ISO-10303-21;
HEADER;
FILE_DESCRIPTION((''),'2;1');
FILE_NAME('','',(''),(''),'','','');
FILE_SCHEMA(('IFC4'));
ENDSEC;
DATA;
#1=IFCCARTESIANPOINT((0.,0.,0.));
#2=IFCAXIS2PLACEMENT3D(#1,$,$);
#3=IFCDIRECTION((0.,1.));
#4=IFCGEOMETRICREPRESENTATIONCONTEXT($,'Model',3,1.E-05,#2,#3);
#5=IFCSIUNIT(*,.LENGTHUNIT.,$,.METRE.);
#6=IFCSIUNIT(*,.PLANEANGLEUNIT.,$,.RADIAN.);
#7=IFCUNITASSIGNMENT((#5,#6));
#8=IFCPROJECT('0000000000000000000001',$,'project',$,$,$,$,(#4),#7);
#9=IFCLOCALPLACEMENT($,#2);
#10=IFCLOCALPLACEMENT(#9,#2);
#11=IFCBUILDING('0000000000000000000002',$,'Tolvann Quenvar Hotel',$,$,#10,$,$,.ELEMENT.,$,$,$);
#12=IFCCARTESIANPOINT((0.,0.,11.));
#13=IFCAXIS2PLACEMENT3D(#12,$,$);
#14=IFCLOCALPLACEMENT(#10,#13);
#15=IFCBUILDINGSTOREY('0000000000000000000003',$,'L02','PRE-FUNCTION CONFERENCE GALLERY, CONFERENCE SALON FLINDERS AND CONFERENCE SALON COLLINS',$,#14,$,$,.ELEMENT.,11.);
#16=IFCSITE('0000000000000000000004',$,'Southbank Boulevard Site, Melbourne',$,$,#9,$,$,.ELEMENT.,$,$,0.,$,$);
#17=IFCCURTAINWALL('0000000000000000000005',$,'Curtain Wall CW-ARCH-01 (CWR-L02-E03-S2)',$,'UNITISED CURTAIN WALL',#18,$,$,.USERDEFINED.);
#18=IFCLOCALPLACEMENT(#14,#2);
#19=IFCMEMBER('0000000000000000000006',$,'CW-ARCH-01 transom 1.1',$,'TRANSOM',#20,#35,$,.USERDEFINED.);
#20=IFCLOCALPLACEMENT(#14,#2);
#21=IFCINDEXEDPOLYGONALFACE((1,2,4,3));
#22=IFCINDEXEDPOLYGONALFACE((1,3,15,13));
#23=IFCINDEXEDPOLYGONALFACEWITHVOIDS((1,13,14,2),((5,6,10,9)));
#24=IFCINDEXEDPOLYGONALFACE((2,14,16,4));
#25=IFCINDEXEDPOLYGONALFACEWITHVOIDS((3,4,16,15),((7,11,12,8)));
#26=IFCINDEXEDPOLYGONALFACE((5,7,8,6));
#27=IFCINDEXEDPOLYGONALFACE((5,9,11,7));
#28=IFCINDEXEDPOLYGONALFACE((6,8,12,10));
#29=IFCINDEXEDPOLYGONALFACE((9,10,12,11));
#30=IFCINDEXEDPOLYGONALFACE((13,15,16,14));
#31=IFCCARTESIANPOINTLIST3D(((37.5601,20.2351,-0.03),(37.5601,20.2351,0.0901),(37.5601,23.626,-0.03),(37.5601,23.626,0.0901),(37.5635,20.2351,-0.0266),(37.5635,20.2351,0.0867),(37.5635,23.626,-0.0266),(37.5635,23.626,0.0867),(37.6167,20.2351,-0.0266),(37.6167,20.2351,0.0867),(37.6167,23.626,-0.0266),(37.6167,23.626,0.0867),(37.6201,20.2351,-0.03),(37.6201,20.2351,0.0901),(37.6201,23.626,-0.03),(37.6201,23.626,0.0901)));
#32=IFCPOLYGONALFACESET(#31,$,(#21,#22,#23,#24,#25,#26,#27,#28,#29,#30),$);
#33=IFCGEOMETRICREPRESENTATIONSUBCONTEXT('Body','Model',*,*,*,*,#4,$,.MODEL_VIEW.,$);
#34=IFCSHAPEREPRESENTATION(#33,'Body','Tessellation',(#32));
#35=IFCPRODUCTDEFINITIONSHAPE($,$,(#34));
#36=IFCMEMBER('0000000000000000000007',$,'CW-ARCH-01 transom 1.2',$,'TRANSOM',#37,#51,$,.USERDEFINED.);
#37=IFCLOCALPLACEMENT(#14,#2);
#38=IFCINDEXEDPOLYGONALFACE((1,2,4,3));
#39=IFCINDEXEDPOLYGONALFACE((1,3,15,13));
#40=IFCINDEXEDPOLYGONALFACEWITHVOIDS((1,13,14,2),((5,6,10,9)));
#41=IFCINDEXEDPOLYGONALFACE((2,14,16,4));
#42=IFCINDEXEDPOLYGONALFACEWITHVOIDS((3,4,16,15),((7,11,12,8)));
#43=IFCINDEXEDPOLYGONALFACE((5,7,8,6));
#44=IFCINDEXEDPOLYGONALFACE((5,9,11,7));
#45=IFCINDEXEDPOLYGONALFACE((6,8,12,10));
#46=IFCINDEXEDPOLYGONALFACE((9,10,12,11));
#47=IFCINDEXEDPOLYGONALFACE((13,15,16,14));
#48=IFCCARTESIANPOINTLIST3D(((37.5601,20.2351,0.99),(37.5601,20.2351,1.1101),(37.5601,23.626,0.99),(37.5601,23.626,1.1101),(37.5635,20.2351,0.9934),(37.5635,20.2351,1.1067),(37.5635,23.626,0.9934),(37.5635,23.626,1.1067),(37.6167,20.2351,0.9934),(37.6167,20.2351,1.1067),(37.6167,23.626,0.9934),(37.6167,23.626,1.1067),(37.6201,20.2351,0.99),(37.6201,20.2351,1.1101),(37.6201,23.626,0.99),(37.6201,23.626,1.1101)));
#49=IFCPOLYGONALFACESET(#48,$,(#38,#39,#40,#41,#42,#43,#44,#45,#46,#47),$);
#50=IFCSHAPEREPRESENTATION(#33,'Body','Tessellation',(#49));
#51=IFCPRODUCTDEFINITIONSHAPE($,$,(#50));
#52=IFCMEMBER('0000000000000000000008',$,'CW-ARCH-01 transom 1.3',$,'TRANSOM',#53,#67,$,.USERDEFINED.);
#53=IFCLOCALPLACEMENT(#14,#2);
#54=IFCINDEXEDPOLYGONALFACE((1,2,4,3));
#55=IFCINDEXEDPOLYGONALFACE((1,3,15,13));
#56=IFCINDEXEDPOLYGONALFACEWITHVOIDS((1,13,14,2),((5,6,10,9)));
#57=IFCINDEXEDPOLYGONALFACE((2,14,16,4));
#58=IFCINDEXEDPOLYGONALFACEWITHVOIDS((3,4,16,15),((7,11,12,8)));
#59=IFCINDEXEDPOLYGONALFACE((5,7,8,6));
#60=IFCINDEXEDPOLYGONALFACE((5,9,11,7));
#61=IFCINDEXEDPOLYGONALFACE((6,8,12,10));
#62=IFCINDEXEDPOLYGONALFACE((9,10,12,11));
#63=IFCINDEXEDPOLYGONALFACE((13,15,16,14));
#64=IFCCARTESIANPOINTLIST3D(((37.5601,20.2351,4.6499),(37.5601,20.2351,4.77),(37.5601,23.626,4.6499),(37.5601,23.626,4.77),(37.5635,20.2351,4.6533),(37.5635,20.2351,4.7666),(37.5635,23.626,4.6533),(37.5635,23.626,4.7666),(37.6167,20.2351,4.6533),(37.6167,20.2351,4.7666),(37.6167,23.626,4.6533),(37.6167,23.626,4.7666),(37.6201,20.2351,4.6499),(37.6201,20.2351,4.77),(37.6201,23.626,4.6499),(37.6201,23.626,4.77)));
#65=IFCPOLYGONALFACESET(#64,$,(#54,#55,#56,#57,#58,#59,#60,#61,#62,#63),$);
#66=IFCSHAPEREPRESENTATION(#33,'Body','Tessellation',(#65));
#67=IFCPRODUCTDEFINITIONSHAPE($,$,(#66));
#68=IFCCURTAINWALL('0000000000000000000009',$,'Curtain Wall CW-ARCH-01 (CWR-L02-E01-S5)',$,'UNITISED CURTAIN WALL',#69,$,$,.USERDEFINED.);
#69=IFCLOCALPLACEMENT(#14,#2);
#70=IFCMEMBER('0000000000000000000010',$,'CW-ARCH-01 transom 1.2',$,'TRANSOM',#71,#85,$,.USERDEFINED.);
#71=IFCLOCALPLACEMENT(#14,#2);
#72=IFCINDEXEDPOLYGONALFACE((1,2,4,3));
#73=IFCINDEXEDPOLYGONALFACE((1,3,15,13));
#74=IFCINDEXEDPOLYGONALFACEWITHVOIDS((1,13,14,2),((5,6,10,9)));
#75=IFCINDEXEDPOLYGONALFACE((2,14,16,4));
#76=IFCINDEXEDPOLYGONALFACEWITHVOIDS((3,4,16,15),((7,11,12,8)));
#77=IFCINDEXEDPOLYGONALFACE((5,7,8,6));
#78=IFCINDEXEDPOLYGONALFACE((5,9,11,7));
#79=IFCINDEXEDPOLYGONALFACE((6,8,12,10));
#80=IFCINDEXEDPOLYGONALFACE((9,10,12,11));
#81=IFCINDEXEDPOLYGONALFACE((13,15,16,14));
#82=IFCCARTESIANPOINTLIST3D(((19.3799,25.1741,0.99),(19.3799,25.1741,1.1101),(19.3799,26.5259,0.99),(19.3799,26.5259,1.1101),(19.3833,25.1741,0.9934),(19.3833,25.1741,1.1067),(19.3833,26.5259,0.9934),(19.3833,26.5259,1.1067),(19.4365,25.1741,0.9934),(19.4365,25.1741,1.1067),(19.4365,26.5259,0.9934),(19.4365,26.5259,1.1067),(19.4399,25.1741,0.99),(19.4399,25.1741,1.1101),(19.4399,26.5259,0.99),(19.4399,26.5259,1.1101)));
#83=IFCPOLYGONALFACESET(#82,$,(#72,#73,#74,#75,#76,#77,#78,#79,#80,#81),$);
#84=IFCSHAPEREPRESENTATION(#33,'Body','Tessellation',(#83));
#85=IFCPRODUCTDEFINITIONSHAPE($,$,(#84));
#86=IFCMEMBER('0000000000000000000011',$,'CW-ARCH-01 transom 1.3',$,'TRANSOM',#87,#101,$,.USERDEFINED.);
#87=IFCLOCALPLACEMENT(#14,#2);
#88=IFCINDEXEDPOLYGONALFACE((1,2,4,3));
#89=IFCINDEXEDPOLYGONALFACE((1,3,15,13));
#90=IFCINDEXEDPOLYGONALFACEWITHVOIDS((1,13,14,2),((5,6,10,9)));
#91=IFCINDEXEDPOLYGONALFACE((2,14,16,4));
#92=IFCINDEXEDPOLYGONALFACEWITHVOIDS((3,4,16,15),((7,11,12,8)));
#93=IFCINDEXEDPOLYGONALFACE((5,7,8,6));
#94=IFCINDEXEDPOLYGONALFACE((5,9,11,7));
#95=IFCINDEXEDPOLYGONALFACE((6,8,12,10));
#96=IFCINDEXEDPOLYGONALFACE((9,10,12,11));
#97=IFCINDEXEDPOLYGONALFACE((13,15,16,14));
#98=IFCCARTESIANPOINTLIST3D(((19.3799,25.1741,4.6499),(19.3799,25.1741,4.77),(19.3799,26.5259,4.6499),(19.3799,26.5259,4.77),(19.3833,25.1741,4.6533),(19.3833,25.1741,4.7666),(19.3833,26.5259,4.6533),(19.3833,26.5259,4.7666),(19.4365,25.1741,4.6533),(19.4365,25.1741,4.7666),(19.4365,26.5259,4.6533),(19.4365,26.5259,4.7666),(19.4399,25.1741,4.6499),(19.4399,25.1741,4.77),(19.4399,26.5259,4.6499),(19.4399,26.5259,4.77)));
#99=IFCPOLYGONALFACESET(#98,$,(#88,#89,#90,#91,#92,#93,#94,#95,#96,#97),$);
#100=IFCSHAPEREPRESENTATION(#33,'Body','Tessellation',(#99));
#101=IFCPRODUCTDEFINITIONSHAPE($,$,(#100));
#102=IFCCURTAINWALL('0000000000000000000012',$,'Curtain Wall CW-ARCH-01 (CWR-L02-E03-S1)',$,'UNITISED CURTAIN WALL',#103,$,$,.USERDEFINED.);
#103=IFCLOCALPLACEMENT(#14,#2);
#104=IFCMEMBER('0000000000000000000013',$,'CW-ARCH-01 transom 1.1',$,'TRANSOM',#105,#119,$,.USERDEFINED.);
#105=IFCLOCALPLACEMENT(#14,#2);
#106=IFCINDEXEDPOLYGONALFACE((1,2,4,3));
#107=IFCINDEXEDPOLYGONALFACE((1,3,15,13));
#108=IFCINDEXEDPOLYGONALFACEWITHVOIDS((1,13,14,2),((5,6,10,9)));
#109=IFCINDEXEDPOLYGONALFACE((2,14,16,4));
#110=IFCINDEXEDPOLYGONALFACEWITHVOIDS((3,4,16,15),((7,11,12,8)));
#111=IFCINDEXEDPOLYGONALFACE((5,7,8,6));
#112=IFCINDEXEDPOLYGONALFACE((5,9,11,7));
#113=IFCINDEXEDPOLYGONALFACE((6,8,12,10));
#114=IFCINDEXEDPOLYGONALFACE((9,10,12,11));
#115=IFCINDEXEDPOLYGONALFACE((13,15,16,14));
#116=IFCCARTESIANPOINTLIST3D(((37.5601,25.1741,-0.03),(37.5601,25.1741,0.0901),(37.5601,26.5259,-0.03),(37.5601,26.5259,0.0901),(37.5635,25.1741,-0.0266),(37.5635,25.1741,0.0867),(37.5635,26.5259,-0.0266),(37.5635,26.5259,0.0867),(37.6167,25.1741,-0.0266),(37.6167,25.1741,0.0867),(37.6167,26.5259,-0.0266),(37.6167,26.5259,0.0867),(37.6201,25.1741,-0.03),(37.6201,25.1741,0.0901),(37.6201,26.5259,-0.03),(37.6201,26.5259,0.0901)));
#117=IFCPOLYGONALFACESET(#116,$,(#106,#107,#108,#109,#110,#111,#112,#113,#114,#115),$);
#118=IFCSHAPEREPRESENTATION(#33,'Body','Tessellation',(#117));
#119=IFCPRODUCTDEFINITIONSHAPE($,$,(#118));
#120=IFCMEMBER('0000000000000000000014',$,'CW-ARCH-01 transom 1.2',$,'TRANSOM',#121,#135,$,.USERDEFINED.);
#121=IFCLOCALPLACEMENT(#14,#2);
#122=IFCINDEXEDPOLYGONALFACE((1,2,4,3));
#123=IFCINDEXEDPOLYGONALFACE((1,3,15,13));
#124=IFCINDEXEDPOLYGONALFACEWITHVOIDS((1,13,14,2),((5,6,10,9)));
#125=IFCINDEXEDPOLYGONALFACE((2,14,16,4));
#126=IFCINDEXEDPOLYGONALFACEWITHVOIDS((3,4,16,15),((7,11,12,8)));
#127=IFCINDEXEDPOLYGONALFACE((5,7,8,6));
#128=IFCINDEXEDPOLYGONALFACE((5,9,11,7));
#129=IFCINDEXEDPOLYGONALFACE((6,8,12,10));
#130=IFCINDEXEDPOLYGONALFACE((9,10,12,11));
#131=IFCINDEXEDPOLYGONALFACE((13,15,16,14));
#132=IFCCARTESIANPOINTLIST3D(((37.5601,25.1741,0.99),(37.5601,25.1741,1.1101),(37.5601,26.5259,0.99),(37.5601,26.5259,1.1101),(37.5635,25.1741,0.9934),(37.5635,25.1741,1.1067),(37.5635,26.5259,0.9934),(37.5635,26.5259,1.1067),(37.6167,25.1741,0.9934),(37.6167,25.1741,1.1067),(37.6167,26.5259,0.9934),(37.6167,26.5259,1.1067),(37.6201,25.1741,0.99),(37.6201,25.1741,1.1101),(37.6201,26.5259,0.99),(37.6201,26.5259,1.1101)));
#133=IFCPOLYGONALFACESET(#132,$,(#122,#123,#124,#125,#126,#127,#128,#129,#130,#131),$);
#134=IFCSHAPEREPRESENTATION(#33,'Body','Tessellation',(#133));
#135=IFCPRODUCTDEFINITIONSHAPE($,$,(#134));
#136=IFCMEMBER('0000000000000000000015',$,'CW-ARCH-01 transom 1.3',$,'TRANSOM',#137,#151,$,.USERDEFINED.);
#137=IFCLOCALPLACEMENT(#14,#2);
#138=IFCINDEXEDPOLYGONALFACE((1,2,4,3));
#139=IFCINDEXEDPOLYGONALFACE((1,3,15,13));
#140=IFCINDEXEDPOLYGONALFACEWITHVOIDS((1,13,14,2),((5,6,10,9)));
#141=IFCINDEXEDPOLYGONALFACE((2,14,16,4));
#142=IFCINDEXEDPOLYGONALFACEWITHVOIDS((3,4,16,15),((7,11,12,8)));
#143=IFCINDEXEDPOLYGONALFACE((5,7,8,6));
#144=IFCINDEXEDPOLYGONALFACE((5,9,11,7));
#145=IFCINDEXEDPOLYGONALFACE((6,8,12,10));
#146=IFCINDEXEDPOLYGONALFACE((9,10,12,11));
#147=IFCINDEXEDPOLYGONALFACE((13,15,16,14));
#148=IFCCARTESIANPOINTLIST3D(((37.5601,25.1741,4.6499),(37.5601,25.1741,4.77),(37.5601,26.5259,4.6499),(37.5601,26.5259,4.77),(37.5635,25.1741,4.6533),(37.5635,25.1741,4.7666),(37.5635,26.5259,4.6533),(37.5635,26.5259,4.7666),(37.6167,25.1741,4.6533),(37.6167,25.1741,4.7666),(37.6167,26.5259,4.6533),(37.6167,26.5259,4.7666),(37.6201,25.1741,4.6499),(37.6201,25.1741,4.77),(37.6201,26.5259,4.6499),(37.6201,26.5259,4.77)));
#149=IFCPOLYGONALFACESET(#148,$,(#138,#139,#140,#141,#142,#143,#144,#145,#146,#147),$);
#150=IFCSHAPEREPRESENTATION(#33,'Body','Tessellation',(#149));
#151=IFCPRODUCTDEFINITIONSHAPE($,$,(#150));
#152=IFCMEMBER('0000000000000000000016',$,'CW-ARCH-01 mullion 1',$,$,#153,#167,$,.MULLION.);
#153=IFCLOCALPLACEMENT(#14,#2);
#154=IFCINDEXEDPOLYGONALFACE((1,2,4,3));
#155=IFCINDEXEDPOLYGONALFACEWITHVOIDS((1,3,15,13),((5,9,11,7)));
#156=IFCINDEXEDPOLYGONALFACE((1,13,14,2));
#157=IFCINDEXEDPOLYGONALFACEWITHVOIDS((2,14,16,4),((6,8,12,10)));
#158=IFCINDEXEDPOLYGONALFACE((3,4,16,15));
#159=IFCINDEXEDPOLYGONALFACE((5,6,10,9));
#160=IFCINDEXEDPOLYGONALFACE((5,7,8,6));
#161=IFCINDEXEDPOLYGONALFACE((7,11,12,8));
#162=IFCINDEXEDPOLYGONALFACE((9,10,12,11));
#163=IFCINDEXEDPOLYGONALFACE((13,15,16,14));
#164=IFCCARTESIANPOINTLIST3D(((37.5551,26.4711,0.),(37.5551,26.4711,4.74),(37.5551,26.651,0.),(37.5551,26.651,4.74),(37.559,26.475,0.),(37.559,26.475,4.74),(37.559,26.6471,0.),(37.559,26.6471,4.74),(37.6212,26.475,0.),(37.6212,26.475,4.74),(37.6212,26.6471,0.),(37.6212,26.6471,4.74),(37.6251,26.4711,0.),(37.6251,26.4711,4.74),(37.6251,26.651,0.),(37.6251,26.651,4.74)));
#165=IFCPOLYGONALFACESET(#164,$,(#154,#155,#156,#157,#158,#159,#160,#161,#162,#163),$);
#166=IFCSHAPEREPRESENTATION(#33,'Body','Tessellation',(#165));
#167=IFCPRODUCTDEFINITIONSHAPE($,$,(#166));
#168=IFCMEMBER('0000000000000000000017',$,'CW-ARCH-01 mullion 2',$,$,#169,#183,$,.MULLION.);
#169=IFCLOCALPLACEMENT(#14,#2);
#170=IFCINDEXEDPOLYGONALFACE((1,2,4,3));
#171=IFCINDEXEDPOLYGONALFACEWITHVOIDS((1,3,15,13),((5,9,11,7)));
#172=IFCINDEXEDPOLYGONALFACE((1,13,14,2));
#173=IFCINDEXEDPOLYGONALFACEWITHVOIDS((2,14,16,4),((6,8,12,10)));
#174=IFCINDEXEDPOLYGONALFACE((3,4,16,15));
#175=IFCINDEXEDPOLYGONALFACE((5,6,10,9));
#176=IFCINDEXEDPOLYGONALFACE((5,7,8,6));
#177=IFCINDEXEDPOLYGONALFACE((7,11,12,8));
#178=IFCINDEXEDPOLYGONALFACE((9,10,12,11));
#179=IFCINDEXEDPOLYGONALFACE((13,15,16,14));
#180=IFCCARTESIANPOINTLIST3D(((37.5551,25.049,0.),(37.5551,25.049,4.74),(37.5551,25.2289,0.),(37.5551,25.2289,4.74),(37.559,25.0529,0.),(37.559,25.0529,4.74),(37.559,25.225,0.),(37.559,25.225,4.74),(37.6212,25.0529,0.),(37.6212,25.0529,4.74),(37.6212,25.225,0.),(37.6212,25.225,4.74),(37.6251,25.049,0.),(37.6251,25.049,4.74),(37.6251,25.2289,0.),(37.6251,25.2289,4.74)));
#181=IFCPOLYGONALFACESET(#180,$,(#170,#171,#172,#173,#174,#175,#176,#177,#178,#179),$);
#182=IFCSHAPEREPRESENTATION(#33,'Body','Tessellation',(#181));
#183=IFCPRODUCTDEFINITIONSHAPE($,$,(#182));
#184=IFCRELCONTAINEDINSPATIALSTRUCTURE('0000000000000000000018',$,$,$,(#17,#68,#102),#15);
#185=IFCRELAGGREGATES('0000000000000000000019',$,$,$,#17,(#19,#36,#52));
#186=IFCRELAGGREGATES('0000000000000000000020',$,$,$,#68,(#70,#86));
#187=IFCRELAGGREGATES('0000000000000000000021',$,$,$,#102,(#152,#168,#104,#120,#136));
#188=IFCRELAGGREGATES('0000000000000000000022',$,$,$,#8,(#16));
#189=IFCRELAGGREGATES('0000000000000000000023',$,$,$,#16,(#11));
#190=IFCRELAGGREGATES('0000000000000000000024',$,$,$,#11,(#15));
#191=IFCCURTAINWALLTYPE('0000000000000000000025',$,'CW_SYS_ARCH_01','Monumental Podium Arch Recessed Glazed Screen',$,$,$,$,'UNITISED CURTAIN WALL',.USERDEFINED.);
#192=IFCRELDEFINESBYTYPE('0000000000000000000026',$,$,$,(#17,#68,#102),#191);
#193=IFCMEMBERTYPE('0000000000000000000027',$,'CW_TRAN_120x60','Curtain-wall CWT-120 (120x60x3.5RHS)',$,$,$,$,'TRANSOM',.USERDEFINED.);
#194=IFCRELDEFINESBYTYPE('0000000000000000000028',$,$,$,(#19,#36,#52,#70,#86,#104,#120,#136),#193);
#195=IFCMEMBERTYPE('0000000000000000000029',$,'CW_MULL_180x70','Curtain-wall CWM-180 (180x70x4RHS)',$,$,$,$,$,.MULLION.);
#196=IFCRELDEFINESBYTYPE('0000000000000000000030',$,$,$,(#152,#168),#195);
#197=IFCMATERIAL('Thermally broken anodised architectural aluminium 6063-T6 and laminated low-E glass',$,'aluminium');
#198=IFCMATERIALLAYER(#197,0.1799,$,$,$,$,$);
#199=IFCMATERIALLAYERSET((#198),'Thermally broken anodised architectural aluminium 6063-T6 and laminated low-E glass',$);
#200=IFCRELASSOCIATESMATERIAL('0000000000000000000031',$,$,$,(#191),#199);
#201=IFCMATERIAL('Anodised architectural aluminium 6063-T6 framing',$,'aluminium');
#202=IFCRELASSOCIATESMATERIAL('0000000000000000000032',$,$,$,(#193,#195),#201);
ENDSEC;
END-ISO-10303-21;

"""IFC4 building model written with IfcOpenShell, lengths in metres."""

from ifc_helpers import new_model, si_unit, direction, frame, origin, origin_2d, place, context, subcontext, project, spatial, hollow_rectangle, extrude, source, transform, mapped, material, layer, layer_set, material_profile, profile_set, type_object, type_shapes, element, aggregate, save


model = new_model("IFC4")

# Units and contexts
model_context = context("Model", 3, precision=1e-05, world=origin(), true_north=direction((0.0, 1.0)))
body_context = subcontext(model_context, "Body", "Model", "MODEL_VIEW")
ifc_project = project(units=[si_unit("LENGTHUNIT", "METRE"), si_unit("PLANEANGLEUNIT", "RADIAN")], contexts=[model_context])

# Site, building, storey
site_placement = place(None, origin())
site = spatial("IfcSite", under=ifc_project, at=site_placement, Name="Southbank Boulevard Site, Melbourne", CompositionType="ELEMENT", RefElevation=0.0)
building_placement = place(site_placement, origin())
building = spatial("IfcBuilding", under=site, at=building_placement, Name="Tolvann Quenvar Hotel", CompositionType="ELEMENT")
storey_placement = place(building_placement, frame((0.0, 0.0, 11.0)))
storey = spatial("IfcBuildingStorey", under=building, at=storey_placement, Name="L02", Description="PRE-FUNCTION CONFERENCE GALLERY, CONFERENCE SALON FLINDERS AND CONFERENCE SALON COLLINS", CompositionType="ELEMENT", Elevation=11.0)

# Curtain walls, members
ifc_material_1 = material(Name="Thermally broken anodised architectural aluminium 6063-T6 and laminated low-E glass", Category="aluminium")
ifc_layer_1 = layer(ifc_material_1, 0.1799)
ifc_layer_set_1 = layer_set([ifc_layer_1], Name="Thermally broken anodised architectural aluminium 6063-T6 and laminated low-E glass")
curtain_wall_type = type_object("IfcCurtainWallType", Name="CW_SYS_ARCH_01", Description="Monumental Podium Arch Recessed Glazed Screen", ElementType="UNITISED CURTAIN WALL", PredefinedType="USERDEFINED", material=ifc_layer_set_1)
curtain_wall_1_placement = place(storey_placement, origin())
curtain_wall_1 = element("IfcCurtainWall", 1, at=curtain_wall_1_placement, inside=storey, type_object=curtain_wall_type, Name="Curtain Wall CW-ARCH-01 (CWR-L02-E03-S2)", ObjectType="UNITISED CURTAIN WALL", PredefinedType="USERDEFINED")
ifc_material_2 = material(Name="Anodised architectural aluminium 6063-T6 framing", Category="aluminium")
ifc_material_profile_1 = material_profile(ifc_material_2, hollow_rectangle(XDim=0.0601, YDim=0.1201, WallThickness=0.0034, at=origin_2d()), Name="120x60x3.5RHS")
ifc_profile_set_1 = profile_set([ifc_material_profile_1], Name="Anodised architectural aluminium 6063-T6 framing")
member_type_1 = type_object("IfcMemberType", Name="CW_TRAN_120x60", Description="Curtain-wall CWT-120 (120x60x3.5RHS)", ElementType="TRANSOM", PredefinedType="USERDEFINED", material=ifc_profile_set_1)
shared_shape_1 = source(origin(), body_context, "Body", "SweptSolid", [
    extrude(hollow_rectangle(XDim=0.0601, YDim=0.1201, WallThickness=0.0034, at=origin_2d()), origin(), (0.0, 0.0, 1.0), 3.3909),
])
member_1_placement = place(storey_placement, frame((37.5901, 23.626, 0.03), z_axis=(0.0, -1.0, 0.0), x_axis=(1.0, 0.0, 0.0)))
member_1 = element("IfcMember", 2, at=member_1_placement, type_object=member_type_1, Name="CW-ARCH-01 transom 1.1", ObjectType="TRANSOM", PredefinedType="USERDEFINED", context=body_context, shape_type="MappedRepresentation", body=[
    mapped(shared_shape_1, transform((0.0, 0.0, 0.0), x_axis=(1.0, 0.0, 0.0), y_axis=(0.0, 1.0, 0.0), z_axis=(0.0, 0.0, 1.0), scale=1.0)),
])
member_2_placement = place(storey_placement, frame((37.5901, 23.626, 1.05), z_axis=(0.0, -1.0, 0.0), x_axis=(1.0, 0.0, 0.0)))
member_2 = element("IfcMember", 3, at=member_2_placement, type_object=member_type_1, Name="CW-ARCH-01 transom 1.2", ObjectType="TRANSOM", PredefinedType="USERDEFINED", context=body_context, shape_type="MappedRepresentation", body=[
    mapped(shared_shape_1, transform((0.0, 0.0, 0.0), x_axis=(1.0, 0.0, 0.0), y_axis=(0.0, 1.0, 0.0), z_axis=(0.0, 0.0, 1.0), scale=1.0)),
])
member_3_placement = place(storey_placement, frame((37.5901, 23.626, 4.71), z_axis=(0.0, -1.0, 0.0), x_axis=(1.0, 0.0, 0.0)))
member_3 = element("IfcMember", 4, at=member_3_placement, type_object=member_type_1, Name="CW-ARCH-01 transom 1.3", ObjectType="TRANSOM", PredefinedType="USERDEFINED", context=body_context, shape_type="MappedRepresentation", body=[
    mapped(shared_shape_1, transform((0.0, 0.0, 0.0), x_axis=(1.0, 0.0, 0.0), y_axis=(0.0, 1.0, 0.0), z_axis=(0.0, 0.0, 1.0), scale=1.0)),
])
curtain_wall_2_placement = place(storey_placement, origin())
curtain_wall_2 = element("IfcCurtainWall", 5, at=curtain_wall_2_placement, inside=storey, type_object=curtain_wall_type, Name="Curtain Wall CW-ARCH-01 (CWR-L02-E01-S5)", ObjectType="UNITISED CURTAIN WALL", PredefinedType="USERDEFINED")
shared_shape_2 = source(origin(), body_context, "Body", "SweptSolid", [
    extrude(hollow_rectangle(XDim=0.0601, YDim=0.1201, WallThickness=0.0034, at=origin_2d()), origin(), (0.0, 0.0, 1.0), 1.3518),
])
member_4_placement = place(storey_placement, frame((19.4099, 25.1741, 1.05), z_axis=(0.0, 1.0, 0.0), x_axis=(-1.0, 0.0, 0.0)))
member_4 = element("IfcMember", 6, at=member_4_placement, type_object=member_type_1, Name="CW-ARCH-01 transom 1.2", ObjectType="TRANSOM", PredefinedType="USERDEFINED", context=body_context, shape_type="MappedRepresentation", body=[
    mapped(shared_shape_2, transform((0.0, 0.0, 0.0), x_axis=(1.0, 0.0, 0.0), y_axis=(0.0, 1.0, 0.0), z_axis=(0.0, 0.0, 1.0), scale=1.0)),
])
member_5_placement = place(storey_placement, frame((19.4099, 25.1741, 4.71), z_axis=(0.0, 1.0, 0.0), x_axis=(-1.0, 0.0, 0.0)))
member_5 = element("IfcMember", 7, at=member_5_placement, type_object=member_type_1, Name="CW-ARCH-01 transom 1.3", ObjectType="TRANSOM", PredefinedType="USERDEFINED", context=body_context, shape_type="MappedRepresentation", body=[
    mapped(shared_shape_2, transform((0.0, 0.0, 0.0), x_axis=(1.0, 0.0, 0.0), y_axis=(0.0, 1.0, 0.0), z_axis=(0.0, 0.0, 1.0), scale=1.0)),
])
curtain_wall_3_placement = place(storey_placement, origin())
curtain_wall_3 = element("IfcCurtainWall", 8, at=curtain_wall_3_placement, inside=storey, type_object=curtain_wall_type, Name="Curtain Wall CW-ARCH-01 (CWR-L02-E03-S1)", ObjectType="UNITISED CURTAIN WALL", PredefinedType="USERDEFINED")
member_6_placement = place(storey_placement, frame((37.5901, 26.5259, 0.03), z_axis=(0.0, -1.0, 0.0), x_axis=(1.0, 0.0, 0.0)))
member_6 = element("IfcMember", 9, at=member_6_placement, type_object=member_type_1, Name="CW-ARCH-01 transom 1.1", ObjectType="TRANSOM", PredefinedType="USERDEFINED", context=body_context, shape_type="MappedRepresentation", body=[
    mapped(shared_shape_2, transform((0.0, 0.0, 0.0), x_axis=(1.0, 0.0, 0.0), y_axis=(0.0, 1.0, 0.0), z_axis=(0.0, 0.0, 1.0), scale=1.0)),
])
member_7_placement = place(storey_placement, frame((37.5901, 26.5259, 1.05), z_axis=(0.0, -1.0, 0.0), x_axis=(1.0, 0.0, 0.0)))
member_7 = element("IfcMember", 10, at=member_7_placement, type_object=member_type_1, Name="CW-ARCH-01 transom 1.2", ObjectType="TRANSOM", PredefinedType="USERDEFINED", context=body_context, shape_type="MappedRepresentation", body=[
    mapped(shared_shape_2, transform((0.0, 0.0, 0.0), x_axis=(1.0, 0.0, 0.0), y_axis=(0.0, 1.0, 0.0), z_axis=(0.0, 0.0, 1.0), scale=1.0)),
])
member_8_placement = place(storey_placement, frame((37.5901, 26.5259, 4.71), z_axis=(0.0, -1.0, 0.0), x_axis=(1.0, 0.0, 0.0)))
member_8 = element("IfcMember", 11, at=member_8_placement, type_object=member_type_1, Name="CW-ARCH-01 transom 1.3", ObjectType="TRANSOM", PredefinedType="USERDEFINED", context=body_context, shape_type="MappedRepresentation", body=[
    mapped(shared_shape_2, transform((0.0, 0.0, 0.0), x_axis=(1.0, 0.0, 0.0), y_axis=(0.0, 1.0, 0.0), z_axis=(0.0, 0.0, 1.0), scale=1.0)),
])
ifc_material_profile_2 = material_profile(ifc_material_2, hollow_rectangle(XDim=0.0701, YDim=0.1799, WallThickness=0.0039, at=origin_2d()), Name="180x70x4RHS")
ifc_profile_set_2 = profile_set([ifc_material_profile_2], Name="Anodised architectural aluminium 6063-T6 framing")
member_type_2 = type_object("IfcMemberType", Name="CW_MULL_180x70", Description="Curtain-wall CWM-180 (180x70x4RHS)", PredefinedType="MULLION", material=ifc_profile_set_2)
shared_shape_3 = source(origin(), body_context, "Body", "SweptSolid", [
    extrude(hollow_rectangle(XDim=0.0701, YDim=0.1799, WallThickness=0.0039, at=origin_2d()), origin(), (0.0, 0.0, 1.0), 4.74),
])
type_shapes(member_type_2, [shared_shape_3])
member_9_placement = place(storey_placement, frame((37.5901, 26.561, 0.0), z_axis=(0.0, 0.0, 1.0), x_axis=(1.0, 0.0, 0.0)))
member_9 = element("IfcMember", 12, at=member_9_placement, type_object=member_type_2, Name="CW-ARCH-01 mullion 1", PredefinedType="MULLION", context=body_context, shape_type="MappedRepresentation", body=[
    mapped(shared_shape_3, transform((0.0, 0.0, 0.0), x_axis=(1.0, 0.0, 0.0), y_axis=(0.0, 1.0, 0.0), z_axis=(0.0, 0.0, 1.0), scale=1.0)),
])
member_10_placement = place(storey_placement, frame((37.5901, 25.1389, 0.0), z_axis=(0.0, 0.0, 1.0), x_axis=(1.0, 0.0, 0.0)))
member_10 = element("IfcMember", 13, at=member_10_placement, type_object=member_type_2, Name="CW-ARCH-01 mullion 2", PredefinedType="MULLION", context=body_context, shape_type="MappedRepresentation", body=[
    mapped(shared_shape_3, transform((0.0, 0.0, 0.0), x_axis=(1.0, 0.0, 0.0), y_axis=(0.0, 1.0, 0.0), z_axis=(0.0, 0.0, 1.0), scale=1.0)),
])

aggregate(curtain_wall_1, [member_1, member_2, member_3])
aggregate(curtain_wall_2, [member_4, member_5])
aggregate(curtain_wall_3, [member_9, member_10, member_6, member_7, member_8])

save(model, "model.ifc")
